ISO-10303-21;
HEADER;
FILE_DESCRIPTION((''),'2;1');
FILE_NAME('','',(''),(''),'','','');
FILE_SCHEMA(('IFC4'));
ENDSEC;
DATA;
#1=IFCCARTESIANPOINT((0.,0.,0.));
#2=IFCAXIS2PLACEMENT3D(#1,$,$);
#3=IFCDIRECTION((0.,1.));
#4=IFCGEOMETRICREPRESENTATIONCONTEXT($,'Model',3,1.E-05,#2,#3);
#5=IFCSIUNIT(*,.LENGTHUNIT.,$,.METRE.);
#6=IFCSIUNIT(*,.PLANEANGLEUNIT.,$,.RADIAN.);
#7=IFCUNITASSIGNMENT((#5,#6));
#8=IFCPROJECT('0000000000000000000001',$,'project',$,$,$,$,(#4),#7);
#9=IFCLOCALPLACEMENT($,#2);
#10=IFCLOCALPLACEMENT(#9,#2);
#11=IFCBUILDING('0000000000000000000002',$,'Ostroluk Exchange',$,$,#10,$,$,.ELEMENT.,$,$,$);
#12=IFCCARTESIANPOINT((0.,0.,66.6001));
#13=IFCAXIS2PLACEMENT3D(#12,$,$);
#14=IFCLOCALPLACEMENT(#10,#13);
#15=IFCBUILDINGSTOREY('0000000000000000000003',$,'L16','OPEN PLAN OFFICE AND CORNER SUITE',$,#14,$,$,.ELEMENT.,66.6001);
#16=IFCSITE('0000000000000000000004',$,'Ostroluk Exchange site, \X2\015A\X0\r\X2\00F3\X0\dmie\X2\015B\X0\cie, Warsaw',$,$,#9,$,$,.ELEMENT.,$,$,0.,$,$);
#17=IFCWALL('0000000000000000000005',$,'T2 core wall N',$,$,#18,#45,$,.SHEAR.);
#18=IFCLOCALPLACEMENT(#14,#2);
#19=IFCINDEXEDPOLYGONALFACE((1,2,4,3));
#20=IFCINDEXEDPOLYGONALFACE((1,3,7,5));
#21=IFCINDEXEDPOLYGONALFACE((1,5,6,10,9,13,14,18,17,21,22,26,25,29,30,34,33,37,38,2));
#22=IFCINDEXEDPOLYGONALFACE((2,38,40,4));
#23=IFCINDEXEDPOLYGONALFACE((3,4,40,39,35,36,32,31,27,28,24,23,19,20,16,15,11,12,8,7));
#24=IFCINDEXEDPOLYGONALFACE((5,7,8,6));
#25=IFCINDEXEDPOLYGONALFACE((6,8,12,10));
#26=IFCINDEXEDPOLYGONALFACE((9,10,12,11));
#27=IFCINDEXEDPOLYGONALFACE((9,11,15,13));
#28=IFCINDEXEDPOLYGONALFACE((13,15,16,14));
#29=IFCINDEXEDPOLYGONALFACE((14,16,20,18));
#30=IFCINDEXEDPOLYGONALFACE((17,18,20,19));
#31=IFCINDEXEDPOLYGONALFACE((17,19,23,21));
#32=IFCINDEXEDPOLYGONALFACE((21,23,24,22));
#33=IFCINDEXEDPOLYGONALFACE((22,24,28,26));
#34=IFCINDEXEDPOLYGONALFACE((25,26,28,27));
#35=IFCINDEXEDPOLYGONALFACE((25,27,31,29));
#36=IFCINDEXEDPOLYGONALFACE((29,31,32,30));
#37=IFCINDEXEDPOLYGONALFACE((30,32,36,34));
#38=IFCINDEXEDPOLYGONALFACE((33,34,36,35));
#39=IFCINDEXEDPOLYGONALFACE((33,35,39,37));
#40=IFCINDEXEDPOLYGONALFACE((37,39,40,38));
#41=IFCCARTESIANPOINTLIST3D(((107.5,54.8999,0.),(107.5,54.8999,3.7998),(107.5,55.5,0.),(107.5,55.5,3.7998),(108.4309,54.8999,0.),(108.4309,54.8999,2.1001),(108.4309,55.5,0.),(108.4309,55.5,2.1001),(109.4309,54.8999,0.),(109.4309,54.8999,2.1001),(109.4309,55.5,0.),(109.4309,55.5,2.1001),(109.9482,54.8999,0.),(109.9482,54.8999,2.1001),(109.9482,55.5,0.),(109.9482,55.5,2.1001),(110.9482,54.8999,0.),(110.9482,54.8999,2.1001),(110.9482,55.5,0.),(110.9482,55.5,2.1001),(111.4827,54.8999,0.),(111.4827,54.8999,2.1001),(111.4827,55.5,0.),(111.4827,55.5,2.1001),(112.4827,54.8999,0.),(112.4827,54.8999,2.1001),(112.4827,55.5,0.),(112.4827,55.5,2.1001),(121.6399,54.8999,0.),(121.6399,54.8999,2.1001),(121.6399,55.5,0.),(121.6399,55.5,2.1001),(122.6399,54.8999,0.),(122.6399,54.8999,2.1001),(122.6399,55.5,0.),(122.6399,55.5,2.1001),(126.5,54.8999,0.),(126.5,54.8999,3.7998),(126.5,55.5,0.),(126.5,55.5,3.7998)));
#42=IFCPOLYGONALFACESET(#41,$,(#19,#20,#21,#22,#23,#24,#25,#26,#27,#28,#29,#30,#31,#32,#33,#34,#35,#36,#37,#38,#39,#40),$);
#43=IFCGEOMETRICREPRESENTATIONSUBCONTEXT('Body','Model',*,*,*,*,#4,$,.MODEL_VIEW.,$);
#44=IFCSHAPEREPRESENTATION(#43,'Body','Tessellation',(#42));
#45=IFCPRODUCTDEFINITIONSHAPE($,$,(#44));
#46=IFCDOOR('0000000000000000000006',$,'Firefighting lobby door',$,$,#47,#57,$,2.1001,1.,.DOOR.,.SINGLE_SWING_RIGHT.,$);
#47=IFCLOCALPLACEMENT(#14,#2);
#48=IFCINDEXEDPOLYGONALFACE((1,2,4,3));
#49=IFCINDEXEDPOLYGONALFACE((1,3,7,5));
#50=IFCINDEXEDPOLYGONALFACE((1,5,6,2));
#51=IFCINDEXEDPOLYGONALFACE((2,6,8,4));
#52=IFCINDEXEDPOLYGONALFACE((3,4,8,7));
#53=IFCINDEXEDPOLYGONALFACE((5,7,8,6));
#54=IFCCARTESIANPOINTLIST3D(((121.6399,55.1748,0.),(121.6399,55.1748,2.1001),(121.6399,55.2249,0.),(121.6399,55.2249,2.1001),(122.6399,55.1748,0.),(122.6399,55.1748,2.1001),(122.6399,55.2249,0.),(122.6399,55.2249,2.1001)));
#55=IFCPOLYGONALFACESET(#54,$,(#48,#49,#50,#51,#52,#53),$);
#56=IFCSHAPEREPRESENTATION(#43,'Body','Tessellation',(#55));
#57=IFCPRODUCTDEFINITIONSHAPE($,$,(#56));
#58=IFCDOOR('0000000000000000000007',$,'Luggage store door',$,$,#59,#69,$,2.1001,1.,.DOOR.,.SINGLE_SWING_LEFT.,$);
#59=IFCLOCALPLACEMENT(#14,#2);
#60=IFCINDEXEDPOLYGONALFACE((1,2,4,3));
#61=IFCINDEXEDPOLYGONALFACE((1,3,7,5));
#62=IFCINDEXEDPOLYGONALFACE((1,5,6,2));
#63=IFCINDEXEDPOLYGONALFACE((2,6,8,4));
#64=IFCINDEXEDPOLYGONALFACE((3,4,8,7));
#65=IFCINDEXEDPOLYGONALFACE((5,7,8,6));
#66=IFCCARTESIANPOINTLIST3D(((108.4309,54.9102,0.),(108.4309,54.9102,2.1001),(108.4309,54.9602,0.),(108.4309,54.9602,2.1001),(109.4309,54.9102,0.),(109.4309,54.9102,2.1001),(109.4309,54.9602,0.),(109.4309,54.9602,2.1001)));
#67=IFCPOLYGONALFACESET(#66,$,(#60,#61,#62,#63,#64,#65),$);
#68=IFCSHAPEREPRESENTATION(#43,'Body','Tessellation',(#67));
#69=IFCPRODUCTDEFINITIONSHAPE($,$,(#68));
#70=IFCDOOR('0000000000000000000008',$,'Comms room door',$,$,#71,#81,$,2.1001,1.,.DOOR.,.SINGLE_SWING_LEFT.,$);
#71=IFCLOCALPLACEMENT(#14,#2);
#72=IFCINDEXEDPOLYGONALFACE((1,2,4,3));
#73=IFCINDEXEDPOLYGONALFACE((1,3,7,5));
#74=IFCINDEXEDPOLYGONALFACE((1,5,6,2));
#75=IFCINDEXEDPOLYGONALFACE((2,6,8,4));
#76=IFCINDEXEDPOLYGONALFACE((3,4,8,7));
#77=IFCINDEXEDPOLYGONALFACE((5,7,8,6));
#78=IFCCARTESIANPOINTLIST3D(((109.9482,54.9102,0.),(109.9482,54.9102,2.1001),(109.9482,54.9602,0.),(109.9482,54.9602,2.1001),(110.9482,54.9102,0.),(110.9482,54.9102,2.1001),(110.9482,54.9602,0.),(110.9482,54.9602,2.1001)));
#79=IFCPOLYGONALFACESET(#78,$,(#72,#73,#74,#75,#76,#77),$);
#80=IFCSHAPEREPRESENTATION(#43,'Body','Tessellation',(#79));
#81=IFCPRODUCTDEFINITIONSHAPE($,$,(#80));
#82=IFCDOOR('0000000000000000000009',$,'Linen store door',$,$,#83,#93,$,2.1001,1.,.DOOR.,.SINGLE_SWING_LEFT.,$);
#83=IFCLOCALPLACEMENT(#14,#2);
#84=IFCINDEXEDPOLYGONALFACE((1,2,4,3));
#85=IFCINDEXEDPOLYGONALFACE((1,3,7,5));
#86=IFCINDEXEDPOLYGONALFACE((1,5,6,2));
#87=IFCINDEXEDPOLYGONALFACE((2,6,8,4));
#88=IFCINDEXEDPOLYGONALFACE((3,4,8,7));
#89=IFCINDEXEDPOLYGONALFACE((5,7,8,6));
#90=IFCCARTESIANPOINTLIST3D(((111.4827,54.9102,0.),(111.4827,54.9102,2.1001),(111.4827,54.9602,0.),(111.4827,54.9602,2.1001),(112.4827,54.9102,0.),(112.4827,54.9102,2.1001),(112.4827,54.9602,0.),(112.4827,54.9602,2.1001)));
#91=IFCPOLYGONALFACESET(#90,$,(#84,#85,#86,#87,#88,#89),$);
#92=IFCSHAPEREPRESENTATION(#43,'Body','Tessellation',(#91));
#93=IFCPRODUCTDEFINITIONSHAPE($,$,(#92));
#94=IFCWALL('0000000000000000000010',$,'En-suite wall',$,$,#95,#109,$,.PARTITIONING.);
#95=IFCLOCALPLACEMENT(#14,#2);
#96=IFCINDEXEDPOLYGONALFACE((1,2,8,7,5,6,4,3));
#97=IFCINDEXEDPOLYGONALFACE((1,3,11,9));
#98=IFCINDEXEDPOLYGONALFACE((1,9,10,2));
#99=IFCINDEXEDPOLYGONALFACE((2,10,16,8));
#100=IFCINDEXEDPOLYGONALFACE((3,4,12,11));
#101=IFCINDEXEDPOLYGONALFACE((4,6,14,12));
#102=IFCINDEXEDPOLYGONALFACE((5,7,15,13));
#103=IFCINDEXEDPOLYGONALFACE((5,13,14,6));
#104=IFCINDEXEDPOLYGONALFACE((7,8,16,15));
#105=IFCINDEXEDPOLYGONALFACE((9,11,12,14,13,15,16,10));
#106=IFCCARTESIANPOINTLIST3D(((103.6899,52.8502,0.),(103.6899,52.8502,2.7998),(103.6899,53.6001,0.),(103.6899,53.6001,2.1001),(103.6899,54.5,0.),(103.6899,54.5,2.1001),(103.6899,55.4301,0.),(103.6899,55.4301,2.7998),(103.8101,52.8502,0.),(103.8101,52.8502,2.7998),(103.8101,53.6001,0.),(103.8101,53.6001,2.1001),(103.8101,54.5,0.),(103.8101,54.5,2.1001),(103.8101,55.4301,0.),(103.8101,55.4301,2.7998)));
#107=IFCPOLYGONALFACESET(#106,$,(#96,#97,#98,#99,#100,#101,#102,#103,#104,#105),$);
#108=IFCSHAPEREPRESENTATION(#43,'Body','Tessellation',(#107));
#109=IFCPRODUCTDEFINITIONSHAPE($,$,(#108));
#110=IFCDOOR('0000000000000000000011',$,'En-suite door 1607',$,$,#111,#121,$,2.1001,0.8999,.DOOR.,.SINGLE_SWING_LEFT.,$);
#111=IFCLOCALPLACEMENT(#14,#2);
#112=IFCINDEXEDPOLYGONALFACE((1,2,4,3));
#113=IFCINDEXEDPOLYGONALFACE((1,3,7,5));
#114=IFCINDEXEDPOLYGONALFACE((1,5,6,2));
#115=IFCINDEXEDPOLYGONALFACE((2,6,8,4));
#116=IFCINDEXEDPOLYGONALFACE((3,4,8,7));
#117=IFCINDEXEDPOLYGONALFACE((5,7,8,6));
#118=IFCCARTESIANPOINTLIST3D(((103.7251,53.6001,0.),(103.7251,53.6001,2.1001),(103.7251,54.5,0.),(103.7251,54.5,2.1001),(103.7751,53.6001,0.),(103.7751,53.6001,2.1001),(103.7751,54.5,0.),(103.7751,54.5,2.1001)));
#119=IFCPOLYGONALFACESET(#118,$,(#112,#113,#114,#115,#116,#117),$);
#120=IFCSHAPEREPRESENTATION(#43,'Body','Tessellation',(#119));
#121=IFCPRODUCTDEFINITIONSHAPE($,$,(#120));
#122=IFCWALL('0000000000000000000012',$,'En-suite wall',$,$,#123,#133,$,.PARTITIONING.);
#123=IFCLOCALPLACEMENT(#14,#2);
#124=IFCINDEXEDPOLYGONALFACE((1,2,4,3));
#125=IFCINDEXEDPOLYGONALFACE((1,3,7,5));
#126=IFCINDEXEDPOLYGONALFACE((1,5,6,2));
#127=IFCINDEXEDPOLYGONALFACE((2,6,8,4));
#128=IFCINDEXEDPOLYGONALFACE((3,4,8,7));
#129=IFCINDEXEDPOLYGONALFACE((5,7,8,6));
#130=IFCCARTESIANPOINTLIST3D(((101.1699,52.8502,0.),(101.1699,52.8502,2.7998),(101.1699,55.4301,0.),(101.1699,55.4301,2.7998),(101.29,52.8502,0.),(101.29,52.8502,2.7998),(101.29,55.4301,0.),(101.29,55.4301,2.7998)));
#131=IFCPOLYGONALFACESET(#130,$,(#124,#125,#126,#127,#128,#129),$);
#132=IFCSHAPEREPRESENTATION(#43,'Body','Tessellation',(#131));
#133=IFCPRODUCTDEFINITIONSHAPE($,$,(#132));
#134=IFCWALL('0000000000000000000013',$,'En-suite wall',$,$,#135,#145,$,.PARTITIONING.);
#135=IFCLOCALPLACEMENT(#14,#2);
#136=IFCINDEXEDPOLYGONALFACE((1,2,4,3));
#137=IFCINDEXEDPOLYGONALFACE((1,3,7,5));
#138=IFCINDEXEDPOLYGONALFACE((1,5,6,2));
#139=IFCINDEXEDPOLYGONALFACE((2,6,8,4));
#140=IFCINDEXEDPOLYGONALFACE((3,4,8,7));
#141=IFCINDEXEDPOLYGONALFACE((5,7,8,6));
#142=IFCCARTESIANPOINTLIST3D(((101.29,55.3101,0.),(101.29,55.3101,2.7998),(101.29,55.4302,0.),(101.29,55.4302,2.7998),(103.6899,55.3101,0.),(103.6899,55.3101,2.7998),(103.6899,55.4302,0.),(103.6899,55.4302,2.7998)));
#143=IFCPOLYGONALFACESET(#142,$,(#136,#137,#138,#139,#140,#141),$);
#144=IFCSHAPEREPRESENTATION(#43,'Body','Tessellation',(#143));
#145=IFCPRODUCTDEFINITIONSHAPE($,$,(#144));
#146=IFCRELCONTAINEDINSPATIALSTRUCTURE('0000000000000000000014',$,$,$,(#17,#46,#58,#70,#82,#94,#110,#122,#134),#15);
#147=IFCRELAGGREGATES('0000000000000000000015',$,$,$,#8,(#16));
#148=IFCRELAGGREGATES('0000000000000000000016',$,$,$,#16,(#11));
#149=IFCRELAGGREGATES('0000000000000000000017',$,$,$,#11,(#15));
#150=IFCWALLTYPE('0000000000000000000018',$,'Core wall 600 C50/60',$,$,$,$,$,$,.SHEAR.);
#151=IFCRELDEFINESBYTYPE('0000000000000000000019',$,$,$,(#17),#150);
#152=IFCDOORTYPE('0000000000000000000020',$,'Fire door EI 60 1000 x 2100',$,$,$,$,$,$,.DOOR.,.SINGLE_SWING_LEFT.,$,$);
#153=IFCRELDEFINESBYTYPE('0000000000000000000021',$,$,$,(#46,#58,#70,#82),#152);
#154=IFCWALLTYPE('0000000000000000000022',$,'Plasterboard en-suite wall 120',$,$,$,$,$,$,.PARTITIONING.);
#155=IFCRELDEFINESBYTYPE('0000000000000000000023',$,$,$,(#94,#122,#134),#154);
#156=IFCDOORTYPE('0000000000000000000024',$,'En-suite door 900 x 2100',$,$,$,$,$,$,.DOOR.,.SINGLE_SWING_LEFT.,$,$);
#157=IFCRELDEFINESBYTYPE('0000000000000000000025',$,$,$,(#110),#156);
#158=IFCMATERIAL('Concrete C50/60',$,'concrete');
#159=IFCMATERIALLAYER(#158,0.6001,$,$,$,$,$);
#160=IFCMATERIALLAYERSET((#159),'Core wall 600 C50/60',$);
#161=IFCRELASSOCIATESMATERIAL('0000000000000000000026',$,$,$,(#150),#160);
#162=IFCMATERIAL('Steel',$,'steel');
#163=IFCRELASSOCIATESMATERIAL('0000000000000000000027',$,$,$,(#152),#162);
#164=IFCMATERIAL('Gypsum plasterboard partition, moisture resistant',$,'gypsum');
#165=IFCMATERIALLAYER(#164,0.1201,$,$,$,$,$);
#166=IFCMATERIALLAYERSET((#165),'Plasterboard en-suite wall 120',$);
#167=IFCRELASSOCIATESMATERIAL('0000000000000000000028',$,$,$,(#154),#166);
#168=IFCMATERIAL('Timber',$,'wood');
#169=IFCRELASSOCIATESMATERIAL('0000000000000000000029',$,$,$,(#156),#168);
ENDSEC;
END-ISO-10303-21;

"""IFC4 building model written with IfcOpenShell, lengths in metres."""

from ifc_helpers import new_model, si_unit, direction, frame, frame_2d, origin, place, context, subcontext, project, spatial, rectangle, extrude, material, layer, layer_set, type_object, element, fill, save


model = new_model("IFC4")

# Units and contexts
model_context = context("Model", 3, precision=1e-05, world=origin(), true_north=direction((0.0, 1.0)))
body_context = subcontext(model_context, "Body", "Model", "MODEL_VIEW")
ifc_project = project(units=[si_unit("LENGTHUNIT", "METRE"), si_unit("PLANEANGLEUNIT", "RADIAN")], contexts=[model_context])

# Site, building, storey
site_placement = place(None, origin())
site = spatial("IfcSite", under=ifc_project, at=site_placement, Name="Ostroluk Exchange site, Śródmieście, Warsaw", CompositionType="ELEMENT", RefElevation=0.0)
building_placement = place(site_placement, origin())
building = spatial("IfcBuilding", under=site, at=building_placement, Name="Ostroluk Exchange", CompositionType="ELEMENT")
storey_placement = place(building_placement, frame((0.0, 0.0, 66.6001)))
storey = spatial("IfcBuildingStorey", under=building, at=storey_placement, Name="L16", Description="OPEN PLAN OFFICE AND CORNER SUITE", CompositionType="ELEMENT", Elevation=66.6001)

# Wall, openings, doors
ifc_material_1 = material(Name="Concrete C50/60", Category="concrete")
ifc_layer_1 = layer(ifc_material_1, 0.6001)
ifc_layer_set_1 = layer_set([ifc_layer_1], Name="Core wall 600 C50/60")
wall_type_1 = type_object("IfcWallType", Name="Core wall 600 C50/60", PredefinedType="SHEAR", material=ifc_layer_set_1)
wall_1_placement = place(storey_placement, frame((107.5, 55.2, 0.0), z_axis=(0.0, 0.0, 1.0), x_axis=(1.0, 0.0, 0.0)))
wall_1 = element("IfcWall", 1, at=wall_1_placement, inside=storey, type_object=wall_type_1, Name="T2 core wall N", PredefinedType="SHEAR", context=body_context, shape_type="SweptSolid", body=[
    extrude(rectangle(XDim=19.0, YDim=0.6001, at=frame_2d((9.5, 0.0))), origin(), (0.0, 0.0, 1.0), 3.7998),
])
opening_1_placement = place(wall_1_placement, frame((14.1399, 0.0, 0.0)))
opening_1 = element("IfcOpeningElement", 2, at=opening_1_placement, cuts=wall_1, PredefinedType="OPENING", context=body_context, shape_type="SweptSolid", body=[
    extrude(rectangle(XDim=1.0, YDim=2.1001, at=frame_2d((0.5, 1.05))), frame((0.0, 0.3101, 0.0), z_axis=(0.0, -1.0, 0.0), x_axis=(1.0, 0.0, 0.0)), (0.0, 0.0, 1.0), 0.6201),
])
opening_2_placement = place(wall_1_placement, frame((0.9309, 0.0, 0.0)))
opening_2 = element("IfcOpeningElement", 3, at=opening_2_placement, cuts=wall_1, PredefinedType="OPENING", context=body_context, shape_type="SweptSolid", body=[
    extrude(rectangle(XDim=1.0, YDim=2.1001, at=frame_2d((0.5, 1.05))), frame((0.0, 0.3101, 0.0), z_axis=(0.0, -1.0, 0.0), x_axis=(1.0, 0.0, 0.0)), (0.0, 0.0, 1.0), 0.6201),
])
opening_3_placement = place(wall_1_placement, frame((2.4482, 0.0, 0.0)))
opening_3 = element("IfcOpeningElement", 4, at=opening_3_placement, cuts=wall_1, PredefinedType="OPENING", context=body_context, shape_type="SweptSolid", body=[
    extrude(rectangle(XDim=1.0, YDim=2.1001, at=frame_2d((0.5, 1.05))), frame((0.0, 0.3101, 0.0), z_axis=(0.0, -1.0, 0.0), x_axis=(1.0, 0.0, 0.0)), (0.0, 0.0, 1.0), 0.6201),
])
opening_4_placement = place(wall_1_placement, frame((3.9827, 0.0, 0.0)))
opening_4 = element("IfcOpeningElement", 5, at=opening_4_placement, cuts=wall_1, PredefinedType="OPENING", context=body_context, shape_type="SweptSolid", body=[
    extrude(rectangle(XDim=1.0, YDim=2.1001, at=frame_2d((0.5, 1.05))), frame((0.0, 0.3101, 0.0), z_axis=(0.0, -1.0, 0.0), x_axis=(1.0, 0.0, 0.0)), (0.0, 0.0, 1.0), 0.6201),
])
ifc_material_2 = material(Name="Steel", Category="steel")
door_type_1 = type_object("IfcDoorType", Name="Fire door EI 60 1000 x 2100", OperationType="SINGLE_SWING_LEFT", PredefinedType="DOOR", material=ifc_material_2)
door_1_placement = place(opening_1_placement, origin())
door_1 = element("IfcDoor", 6, at=door_1_placement, inside=storey, type_object=door_type_1, Name="Firefighting lobby door", OperationType="SINGLE_SWING_RIGHT", OverallHeight=2.1001, OverallWidth=1.0, PredefinedType="DOOR", context=body_context, shape_type="SweptSolid", body=[
    extrude(rectangle(XDim=1.0, YDim=2.1001, at=frame_2d((0.5, 1.05))), frame((0.0, 0.0249, 0.0), z_axis=(0.0, -1.0, 0.0), x_axis=(1.0, 0.0, 0.0)), (0.0, 0.0, 1.0), 0.05),
])
fill(opening_1, door_1)
door_2_placement = place(opening_2_placement, origin())
door_2 = element("IfcDoor", 7, at=door_2_placement, inside=storey, type_object=door_type_1, Name="Luggage store door", OperationType="SINGLE_SWING_LEFT", OverallHeight=2.1001, OverallWidth=1.0, PredefinedType="DOOR", context=body_context, shape_type="SweptSolid", body=[
    extrude(rectangle(XDim=1.0, YDim=2.1001, at=frame_2d((0.5, 1.05))), frame((0.0, -0.2397, 0.0), z_axis=(0.0, -1.0, 0.0), x_axis=(1.0, 0.0, 0.0)), (0.0, 0.0, 1.0), 0.05),
])
fill(opening_2, door_2)
door_3_placement = place(opening_3_placement, origin())
door_3 = element("IfcDoor", 8, at=door_3_placement, inside=storey, type_object=door_type_1, Name="Comms room door", OperationType="SINGLE_SWING_LEFT", OverallHeight=2.1001, OverallWidth=1.0, PredefinedType="DOOR", context=body_context, shape_type="SweptSolid", body=[
    extrude(rectangle(XDim=1.0, YDim=2.1001, at=frame_2d((0.5, 1.05))), frame((0.0, -0.2397, 0.0), z_axis=(0.0, -1.0, 0.0), x_axis=(1.0, 0.0, 0.0)), (0.0, 0.0, 1.0), 0.05),
])
fill(opening_3, door_3)
door_4_placement = place(opening_4_placement, origin())
door_4 = element("IfcDoor", 9, at=door_4_placement, inside=storey, type_object=door_type_1, Name="Linen store door", OperationType="SINGLE_SWING_LEFT", OverallHeight=2.1001, OverallWidth=1.0, PredefinedType="DOOR", context=body_context, shape_type="SweptSolid", body=[
    extrude(rectangle(XDim=1.0, YDim=2.1001, at=frame_2d((0.5, 1.05))), frame((0.0, -0.2397, 0.0), z_axis=(0.0, -1.0, 0.0), x_axis=(1.0, 0.0, 0.0)), (0.0, 0.0, 1.0), 0.05),
])
fill(opening_4, door_4)

# Wall, opening, door
ifc_material_3 = material(Name="Gypsum plasterboard partition, moisture resistant", Category="gypsum")
ifc_layer_2 = layer(ifc_material_3, 0.1201)
ifc_layer_set_2 = layer_set([ifc_layer_2], Name="Plasterboard en-suite wall 120")
wall_type_2 = type_object("IfcWallType", Name="Plasterboard en-suite wall 120", PredefinedType="PARTITIONING", material=ifc_layer_set_2)
wall_2_placement = place(storey_placement, frame((103.75, 52.8501, 0.0), z_axis=(0.0, 0.0, 1.0), x_axis=(0.0, 1.0, 0.0)))
wall_2 = element("IfcWall", 10, at=wall_2_placement, inside=storey, type_object=wall_type_2, Name="En-suite wall", PredefinedType="PARTITIONING", context=body_context, shape_type="SweptSolid", body=[
    extrude(rectangle(XDim=2.5798, YDim=0.1201, at=frame_2d((1.29, 0.0))), origin(), (0.0, 0.0, 1.0), 2.7998),
])
opening_5_placement = place(wall_2_placement, frame((0.75, 0.0, 0.0)))
opening_5 = element("IfcOpeningElement", 11, at=opening_5_placement, cuts=wall_2, PredefinedType="OPENING", context=body_context, shape_type="SweptSolid", body=[
    extrude(rectangle(XDim=0.8999, YDim=2.1001, at=frame_2d((0.45, 1.05))), frame((0.0, 0.0701, 0.0), z_axis=(0.0, -1.0, 0.0), x_axis=(1.0, 0.0, 0.0)), (0.0, 0.0, 1.0), 0.1401),
])
ifc_material_4 = material(Name="Timber", Category="wood")
door_type_2 = type_object("IfcDoorType", Name="En-suite door 900 x 2100", OperationType="SINGLE_SWING_LEFT", PredefinedType="DOOR", material=ifc_material_4)
door_5_placement = place(opening_5_placement, origin())
door_5 = element("IfcDoor", 12, at=door_5_placement, inside=storey, type_object=door_type_2, Name="En-suite door 1607", OperationType="SINGLE_SWING_LEFT", OverallHeight=2.1001, OverallWidth=0.8999, PredefinedType="DOOR", context=body_context, shape_type="SweptSolid", body=[
    extrude(rectangle(XDim=0.8999, YDim=2.1001, at=frame_2d((0.45, 1.05))), frame((0.0, 0.0249, 0.0), z_axis=(0.0, -1.0, 0.0), x_axis=(1.0, 0.0, 0.0)), (0.0, 0.0, 1.0), 0.05),
])
fill(opening_5, door_5)

# Walls
wall_3_placement = place(storey_placement, frame((101.23, 52.8501, 0.0), z_axis=(0.0, 0.0, 1.0), x_axis=(0.0, 1.0, 0.0)))
element("IfcWall", 13, at=wall_3_placement, inside=storey, type_object=wall_type_2, Name="En-suite wall", PredefinedType="PARTITIONING", context=body_context, shape_type="SweptSolid", body=[
    extrude(rectangle(XDim=2.5798, YDim=0.1201, at=frame_2d((1.29, 0.0))), origin(), (0.0, 0.0, 1.0), 2.7998),
])
wall_4_placement = place(storey_placement, frame((103.6899, 55.3701, 0.0), z_axis=(0.0, 0.0, 1.0), x_axis=(-1.0, 0.0, 0.0)))
element("IfcWall", 14, at=wall_4_placement, inside=storey, type_object=wall_type_2, Name="En-suite wall", PredefinedType="PARTITIONING", context=body_context, shape_type="SweptSolid", body=[
    extrude(rectangle(XDim=2.3999, YDim=0.1201, at=frame_2d((1.2, 0.0))), origin(), (0.0, 0.0, 1.0), 2.7998),
])

save(model, "model.ifc")
